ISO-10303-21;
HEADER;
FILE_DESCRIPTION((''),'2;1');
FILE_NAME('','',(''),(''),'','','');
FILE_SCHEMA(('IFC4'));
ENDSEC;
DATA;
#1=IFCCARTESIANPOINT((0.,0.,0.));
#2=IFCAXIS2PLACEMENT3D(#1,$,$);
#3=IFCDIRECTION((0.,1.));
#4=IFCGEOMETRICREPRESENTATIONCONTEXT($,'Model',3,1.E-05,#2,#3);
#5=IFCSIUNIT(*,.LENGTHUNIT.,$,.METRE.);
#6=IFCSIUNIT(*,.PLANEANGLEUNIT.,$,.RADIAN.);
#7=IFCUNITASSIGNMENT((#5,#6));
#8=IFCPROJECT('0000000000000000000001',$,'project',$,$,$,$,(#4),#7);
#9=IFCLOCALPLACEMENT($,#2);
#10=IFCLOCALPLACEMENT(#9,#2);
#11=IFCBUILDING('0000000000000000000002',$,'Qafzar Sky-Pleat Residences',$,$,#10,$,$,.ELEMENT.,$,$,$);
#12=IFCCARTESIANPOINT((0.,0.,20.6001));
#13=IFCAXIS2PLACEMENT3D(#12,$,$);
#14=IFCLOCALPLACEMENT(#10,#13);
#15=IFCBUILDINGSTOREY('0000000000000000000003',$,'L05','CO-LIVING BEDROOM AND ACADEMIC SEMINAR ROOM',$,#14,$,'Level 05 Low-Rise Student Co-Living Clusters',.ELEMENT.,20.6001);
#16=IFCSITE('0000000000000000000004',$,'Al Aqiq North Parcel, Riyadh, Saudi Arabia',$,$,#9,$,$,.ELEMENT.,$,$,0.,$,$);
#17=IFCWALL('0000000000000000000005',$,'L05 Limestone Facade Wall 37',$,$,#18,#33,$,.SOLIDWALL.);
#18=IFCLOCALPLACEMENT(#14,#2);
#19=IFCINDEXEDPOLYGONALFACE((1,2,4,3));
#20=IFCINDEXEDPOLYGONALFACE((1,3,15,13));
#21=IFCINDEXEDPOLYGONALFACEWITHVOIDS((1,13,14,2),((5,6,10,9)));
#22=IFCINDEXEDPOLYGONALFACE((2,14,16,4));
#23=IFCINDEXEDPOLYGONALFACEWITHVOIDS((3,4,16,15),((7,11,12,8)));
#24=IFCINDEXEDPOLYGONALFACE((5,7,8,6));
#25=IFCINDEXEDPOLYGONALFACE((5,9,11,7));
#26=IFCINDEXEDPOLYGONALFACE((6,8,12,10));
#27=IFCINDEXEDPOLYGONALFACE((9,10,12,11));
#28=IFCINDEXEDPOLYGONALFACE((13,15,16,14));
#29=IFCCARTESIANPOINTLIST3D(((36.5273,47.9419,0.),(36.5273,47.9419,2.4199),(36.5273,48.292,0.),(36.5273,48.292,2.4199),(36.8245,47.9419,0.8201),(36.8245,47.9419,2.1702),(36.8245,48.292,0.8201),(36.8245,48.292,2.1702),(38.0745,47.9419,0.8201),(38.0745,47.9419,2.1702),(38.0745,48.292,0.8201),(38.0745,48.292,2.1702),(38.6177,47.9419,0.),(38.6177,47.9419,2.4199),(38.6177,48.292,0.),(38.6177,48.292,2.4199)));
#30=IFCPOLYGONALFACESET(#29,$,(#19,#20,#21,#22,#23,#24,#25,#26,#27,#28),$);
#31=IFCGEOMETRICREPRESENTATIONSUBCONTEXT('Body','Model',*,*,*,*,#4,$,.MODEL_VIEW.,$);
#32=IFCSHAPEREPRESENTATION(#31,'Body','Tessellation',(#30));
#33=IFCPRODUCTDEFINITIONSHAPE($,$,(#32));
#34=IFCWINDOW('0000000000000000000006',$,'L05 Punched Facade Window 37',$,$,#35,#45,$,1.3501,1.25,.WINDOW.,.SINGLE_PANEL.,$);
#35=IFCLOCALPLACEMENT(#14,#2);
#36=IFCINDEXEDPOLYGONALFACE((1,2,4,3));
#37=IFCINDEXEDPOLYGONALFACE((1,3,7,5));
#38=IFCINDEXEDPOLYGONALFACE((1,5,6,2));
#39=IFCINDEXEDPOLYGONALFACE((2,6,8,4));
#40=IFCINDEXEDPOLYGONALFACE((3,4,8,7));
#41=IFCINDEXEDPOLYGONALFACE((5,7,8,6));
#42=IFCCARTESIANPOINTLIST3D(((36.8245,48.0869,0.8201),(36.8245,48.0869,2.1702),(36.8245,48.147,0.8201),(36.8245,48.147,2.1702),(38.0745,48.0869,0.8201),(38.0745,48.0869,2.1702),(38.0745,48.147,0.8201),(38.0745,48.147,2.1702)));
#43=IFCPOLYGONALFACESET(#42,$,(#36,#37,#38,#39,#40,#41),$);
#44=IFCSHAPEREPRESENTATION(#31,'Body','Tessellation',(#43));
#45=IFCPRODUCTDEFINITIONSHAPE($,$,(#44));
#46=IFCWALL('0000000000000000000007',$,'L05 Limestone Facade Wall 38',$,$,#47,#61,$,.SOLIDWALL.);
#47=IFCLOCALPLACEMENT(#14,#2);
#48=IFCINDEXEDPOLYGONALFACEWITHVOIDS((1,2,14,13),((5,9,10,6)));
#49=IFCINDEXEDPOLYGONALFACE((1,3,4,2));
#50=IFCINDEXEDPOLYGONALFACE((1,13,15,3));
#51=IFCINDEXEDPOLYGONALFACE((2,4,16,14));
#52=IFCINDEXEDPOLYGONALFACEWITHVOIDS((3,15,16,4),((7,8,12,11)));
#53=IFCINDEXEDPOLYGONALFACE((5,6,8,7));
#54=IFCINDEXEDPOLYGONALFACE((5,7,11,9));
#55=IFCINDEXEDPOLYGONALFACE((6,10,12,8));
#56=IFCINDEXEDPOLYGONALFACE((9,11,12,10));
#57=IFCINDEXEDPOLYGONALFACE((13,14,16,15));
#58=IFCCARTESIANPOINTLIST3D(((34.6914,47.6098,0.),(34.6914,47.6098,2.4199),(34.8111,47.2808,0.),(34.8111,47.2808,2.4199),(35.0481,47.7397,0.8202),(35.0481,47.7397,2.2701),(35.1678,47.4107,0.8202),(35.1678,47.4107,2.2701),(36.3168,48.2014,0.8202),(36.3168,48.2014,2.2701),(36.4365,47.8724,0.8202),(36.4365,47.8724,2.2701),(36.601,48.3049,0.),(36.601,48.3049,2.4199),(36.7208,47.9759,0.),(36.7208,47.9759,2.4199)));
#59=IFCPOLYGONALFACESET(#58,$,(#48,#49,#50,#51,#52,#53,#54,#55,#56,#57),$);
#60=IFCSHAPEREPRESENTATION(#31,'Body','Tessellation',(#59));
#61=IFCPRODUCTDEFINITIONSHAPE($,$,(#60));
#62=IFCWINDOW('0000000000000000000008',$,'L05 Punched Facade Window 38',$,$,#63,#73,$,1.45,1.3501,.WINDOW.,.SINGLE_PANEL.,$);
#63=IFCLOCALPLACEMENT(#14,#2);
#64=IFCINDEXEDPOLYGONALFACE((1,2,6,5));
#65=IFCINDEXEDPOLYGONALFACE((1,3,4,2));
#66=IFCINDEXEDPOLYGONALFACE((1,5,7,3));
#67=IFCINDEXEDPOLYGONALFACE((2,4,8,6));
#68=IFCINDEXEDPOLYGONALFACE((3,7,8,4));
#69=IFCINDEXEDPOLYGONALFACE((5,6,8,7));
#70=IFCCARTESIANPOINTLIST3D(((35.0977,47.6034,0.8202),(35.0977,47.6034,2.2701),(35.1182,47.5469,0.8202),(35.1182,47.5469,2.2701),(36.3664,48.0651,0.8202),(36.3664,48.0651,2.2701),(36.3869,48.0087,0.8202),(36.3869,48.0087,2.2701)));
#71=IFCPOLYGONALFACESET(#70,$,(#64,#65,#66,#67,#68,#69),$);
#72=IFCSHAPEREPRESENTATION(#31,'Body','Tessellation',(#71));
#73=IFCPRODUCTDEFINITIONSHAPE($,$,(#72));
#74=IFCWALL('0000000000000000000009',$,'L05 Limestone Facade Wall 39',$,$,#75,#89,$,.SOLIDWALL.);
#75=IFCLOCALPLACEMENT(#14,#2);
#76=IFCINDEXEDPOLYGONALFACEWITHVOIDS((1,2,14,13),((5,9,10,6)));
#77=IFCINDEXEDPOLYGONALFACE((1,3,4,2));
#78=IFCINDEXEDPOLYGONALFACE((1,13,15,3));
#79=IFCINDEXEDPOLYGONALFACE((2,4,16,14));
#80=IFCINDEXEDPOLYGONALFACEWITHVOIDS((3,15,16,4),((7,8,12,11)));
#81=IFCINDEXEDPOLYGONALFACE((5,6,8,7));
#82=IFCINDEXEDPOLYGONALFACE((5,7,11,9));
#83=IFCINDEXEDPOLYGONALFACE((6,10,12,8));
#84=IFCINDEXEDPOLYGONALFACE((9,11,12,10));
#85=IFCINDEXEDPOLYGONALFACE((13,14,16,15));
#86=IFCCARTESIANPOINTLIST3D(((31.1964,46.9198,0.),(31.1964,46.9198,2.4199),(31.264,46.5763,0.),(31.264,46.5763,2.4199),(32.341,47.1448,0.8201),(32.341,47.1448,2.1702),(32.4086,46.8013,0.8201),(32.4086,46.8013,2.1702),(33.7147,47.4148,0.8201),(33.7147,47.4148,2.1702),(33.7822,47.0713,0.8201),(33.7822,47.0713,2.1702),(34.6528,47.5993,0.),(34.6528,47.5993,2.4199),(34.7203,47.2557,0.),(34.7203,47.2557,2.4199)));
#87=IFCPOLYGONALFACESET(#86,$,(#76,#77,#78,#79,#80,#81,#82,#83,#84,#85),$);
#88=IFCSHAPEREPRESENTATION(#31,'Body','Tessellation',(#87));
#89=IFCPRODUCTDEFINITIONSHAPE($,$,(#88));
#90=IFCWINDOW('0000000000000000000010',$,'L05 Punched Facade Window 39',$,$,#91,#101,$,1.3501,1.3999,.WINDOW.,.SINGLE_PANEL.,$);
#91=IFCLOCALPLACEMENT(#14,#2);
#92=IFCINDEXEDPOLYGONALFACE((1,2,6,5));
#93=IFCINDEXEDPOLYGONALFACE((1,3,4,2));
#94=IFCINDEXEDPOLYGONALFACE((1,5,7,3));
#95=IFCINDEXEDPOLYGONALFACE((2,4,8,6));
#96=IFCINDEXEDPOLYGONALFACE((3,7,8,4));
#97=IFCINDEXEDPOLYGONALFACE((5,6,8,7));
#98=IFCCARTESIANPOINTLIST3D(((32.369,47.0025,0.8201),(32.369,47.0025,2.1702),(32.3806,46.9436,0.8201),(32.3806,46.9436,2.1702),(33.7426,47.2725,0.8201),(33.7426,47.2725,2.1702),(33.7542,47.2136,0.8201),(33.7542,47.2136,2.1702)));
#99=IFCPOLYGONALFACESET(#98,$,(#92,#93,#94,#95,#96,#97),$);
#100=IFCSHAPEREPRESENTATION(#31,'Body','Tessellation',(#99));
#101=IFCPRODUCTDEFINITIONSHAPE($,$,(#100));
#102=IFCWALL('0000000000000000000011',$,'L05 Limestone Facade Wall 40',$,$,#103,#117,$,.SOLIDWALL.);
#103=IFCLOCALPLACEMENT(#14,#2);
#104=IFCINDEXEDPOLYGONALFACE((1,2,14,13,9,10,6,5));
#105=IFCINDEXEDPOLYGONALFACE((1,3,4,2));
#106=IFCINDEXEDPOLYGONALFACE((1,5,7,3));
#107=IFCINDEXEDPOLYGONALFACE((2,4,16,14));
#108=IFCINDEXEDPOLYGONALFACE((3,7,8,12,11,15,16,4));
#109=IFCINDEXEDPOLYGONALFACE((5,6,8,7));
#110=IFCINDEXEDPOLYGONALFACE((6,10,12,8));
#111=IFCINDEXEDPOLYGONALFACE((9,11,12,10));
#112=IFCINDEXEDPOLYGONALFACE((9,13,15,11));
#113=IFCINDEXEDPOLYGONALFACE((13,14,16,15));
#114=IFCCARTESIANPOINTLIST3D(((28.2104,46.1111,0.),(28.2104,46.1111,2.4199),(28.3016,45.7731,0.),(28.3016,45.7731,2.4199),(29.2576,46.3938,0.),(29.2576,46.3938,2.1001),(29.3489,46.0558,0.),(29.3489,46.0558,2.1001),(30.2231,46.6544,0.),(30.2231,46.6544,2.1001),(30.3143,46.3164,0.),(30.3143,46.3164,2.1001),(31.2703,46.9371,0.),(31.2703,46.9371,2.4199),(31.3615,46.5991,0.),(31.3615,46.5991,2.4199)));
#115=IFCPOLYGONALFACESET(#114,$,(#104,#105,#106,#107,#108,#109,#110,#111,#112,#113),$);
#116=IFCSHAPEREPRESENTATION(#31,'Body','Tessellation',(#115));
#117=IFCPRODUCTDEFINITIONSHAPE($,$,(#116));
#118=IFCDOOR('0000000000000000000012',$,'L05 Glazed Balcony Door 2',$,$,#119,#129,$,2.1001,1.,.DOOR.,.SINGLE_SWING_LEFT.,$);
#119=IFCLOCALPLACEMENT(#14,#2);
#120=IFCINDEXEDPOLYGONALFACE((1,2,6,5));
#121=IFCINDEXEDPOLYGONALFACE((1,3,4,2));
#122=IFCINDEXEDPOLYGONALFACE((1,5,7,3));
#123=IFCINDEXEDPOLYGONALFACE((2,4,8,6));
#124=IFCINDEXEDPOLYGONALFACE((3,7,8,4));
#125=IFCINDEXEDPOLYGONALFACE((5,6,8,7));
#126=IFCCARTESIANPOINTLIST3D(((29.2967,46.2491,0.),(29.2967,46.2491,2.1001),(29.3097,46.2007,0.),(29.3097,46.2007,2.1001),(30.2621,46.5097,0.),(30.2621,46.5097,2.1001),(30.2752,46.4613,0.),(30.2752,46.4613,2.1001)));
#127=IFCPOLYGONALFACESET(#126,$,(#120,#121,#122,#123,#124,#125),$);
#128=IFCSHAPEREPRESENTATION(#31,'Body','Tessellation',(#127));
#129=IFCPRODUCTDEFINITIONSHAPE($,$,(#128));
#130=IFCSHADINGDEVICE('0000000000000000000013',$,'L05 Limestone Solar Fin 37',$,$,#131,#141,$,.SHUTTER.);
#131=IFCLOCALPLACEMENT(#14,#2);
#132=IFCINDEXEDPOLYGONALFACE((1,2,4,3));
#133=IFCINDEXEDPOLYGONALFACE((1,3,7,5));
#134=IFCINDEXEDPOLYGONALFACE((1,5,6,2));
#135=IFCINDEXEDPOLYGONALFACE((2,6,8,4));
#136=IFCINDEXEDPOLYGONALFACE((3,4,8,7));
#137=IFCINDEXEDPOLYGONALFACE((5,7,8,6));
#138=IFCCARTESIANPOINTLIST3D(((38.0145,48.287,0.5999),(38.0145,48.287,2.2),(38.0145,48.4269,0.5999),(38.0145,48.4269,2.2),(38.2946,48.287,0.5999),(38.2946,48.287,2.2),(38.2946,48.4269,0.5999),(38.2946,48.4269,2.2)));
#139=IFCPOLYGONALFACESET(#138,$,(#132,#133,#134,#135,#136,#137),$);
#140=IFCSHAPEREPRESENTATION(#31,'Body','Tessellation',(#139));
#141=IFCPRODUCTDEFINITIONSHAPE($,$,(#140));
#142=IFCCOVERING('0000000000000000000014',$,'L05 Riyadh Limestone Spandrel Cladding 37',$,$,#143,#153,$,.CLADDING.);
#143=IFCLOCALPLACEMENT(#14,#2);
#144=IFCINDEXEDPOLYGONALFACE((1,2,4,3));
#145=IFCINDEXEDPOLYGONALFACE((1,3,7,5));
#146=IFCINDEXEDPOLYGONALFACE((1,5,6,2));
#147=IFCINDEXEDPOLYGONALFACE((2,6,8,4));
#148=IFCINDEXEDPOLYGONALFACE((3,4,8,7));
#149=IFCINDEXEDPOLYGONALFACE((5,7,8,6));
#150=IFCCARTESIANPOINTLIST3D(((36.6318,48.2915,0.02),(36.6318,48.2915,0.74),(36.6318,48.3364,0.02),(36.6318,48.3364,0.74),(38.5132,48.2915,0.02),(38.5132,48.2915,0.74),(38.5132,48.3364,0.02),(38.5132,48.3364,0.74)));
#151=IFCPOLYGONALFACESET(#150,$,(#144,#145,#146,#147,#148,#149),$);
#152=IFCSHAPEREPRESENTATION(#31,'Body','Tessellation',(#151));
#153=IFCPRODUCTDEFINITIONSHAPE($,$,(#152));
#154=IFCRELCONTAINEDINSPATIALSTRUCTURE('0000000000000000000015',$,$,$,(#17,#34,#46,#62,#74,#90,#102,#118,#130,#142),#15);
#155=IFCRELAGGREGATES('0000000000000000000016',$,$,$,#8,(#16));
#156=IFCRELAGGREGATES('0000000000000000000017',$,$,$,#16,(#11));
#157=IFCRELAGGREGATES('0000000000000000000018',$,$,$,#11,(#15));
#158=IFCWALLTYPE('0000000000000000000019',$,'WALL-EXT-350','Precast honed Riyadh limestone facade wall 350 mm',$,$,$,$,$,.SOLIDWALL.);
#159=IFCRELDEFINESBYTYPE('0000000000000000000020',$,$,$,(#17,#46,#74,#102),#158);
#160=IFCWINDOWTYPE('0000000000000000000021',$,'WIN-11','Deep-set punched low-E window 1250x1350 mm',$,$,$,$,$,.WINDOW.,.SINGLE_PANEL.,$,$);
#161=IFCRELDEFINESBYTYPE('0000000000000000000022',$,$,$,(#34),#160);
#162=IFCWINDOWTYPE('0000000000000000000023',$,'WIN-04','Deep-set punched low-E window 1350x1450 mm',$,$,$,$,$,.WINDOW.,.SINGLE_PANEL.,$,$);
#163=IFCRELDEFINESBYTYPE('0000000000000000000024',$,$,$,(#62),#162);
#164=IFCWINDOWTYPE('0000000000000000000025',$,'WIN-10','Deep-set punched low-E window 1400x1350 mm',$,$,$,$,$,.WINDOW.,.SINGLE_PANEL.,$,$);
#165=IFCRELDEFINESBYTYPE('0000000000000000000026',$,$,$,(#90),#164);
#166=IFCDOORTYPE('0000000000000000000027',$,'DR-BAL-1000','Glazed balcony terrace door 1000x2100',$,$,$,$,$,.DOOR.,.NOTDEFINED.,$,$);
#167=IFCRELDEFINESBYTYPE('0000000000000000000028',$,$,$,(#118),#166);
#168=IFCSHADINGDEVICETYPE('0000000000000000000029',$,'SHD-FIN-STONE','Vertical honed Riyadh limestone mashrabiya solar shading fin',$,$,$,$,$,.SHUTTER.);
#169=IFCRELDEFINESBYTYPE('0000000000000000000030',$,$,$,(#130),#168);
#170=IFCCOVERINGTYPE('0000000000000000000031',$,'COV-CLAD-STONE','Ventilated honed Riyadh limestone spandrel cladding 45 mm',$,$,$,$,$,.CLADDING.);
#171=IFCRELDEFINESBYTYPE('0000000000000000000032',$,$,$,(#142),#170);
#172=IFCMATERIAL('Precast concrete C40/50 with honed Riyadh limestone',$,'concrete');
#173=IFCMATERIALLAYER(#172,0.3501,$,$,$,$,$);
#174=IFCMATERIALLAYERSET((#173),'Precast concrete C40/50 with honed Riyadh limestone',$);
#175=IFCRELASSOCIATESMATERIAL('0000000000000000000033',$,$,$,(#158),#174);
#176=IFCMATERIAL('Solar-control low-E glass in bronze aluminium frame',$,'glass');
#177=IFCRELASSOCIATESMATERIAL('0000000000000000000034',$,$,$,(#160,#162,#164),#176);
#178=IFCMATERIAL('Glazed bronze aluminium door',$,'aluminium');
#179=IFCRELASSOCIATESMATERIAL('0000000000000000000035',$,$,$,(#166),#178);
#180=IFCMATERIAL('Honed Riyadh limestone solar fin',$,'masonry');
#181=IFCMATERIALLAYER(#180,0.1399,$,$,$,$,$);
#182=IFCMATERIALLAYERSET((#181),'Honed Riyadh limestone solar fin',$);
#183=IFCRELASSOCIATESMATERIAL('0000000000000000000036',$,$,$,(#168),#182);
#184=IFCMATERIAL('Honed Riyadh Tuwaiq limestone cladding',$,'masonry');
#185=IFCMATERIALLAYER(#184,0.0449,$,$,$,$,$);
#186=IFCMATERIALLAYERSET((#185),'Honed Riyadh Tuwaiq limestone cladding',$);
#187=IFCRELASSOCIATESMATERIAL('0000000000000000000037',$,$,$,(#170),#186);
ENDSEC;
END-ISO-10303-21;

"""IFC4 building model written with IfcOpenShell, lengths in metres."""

from ifc_helpers import new_model, si_unit, direction, frame, frame_2d, origin, origin_2d, place, context, subcontext, project, spatial, rectangle, extrude, source, transform, mapped, material, layer, layer_set, type_object, element, fill, save


model = new_model("IFC4")

# Units and contexts
model_context = context("Model", 3, precision=1e-05, world=origin(), true_north=direction((0.0, 1.0)))
body_context = subcontext(model_context, "Body", "Model", "MODEL_VIEW")
ifc_project = project(units=[si_unit("LENGTHUNIT", "METRE"), si_unit("PLANEANGLEUNIT", "RADIAN")], contexts=[model_context])

# Site, building, storey
site_placement = place(None, origin())
site = spatial("IfcSite", under=ifc_project, at=site_placement, Name="Al Aqiq North Parcel, Riyadh, Saudi Arabia", CompositionType="ELEMENT", RefElevation=0.0)
building_placement = place(site_placement, origin())
building = spatial("IfcBuilding", under=site, at=building_placement, Name="Qafzar Sky-Pleat Residences", CompositionType="ELEMENT")
storey_placement = place(building_placement, frame((0.0, 0.0, 20.6001)))
storey = spatial("IfcBuildingStorey", under=building, at=storey_placement, Name="L05", Description="CO-LIVING BEDROOM AND ACADEMIC SEMINAR ROOM", LongName="Level 05 Low-Rise Student Co-Living Clusters", CompositionType="ELEMENT", Elevation=20.6001)

# Walls, openings, windows
ifc_material_1 = material(Name="Precast concrete C40/50 with honed Riyadh limestone", Category="concrete")
ifc_layer_1 = layer(ifc_material_1, 0.3501)
ifc_layer_set_1 = layer_set([ifc_layer_1], Name="Precast concrete C40/50 with honed Riyadh limestone")
wall_type_1 = type_object("IfcWallType", Name="WALL-EXT-350", Description="Precast honed Riyadh limestone facade wall 350 mm", PredefinedType="SOLIDWALL", material=ifc_layer_set_1)
wall_1_placement = place(storey_placement, frame((38.6177, 48.1169, 0.0), z_axis=(0.0, 0.0, 1.0), x_axis=(-1.0, 0.0, 0.0)))
wall_1 = element("IfcWall", 1, at=wall_1_placement, inside=storey, type_object=wall_type_1, Name="L05 Limestone Facade Wall 37", PredefinedType="SOLIDWALL", context=body_context, shape_type="SweptSolid", body=[
    extrude(rectangle(XDim=2.0903, YDim=0.3501, at=frame_2d((1.0452, 0.0))), origin(), (0.0, 0.0, 1.0), 2.4199),
])
opening_1_placement = place(wall_1_placement, frame((0.5432, 0.0, 0.8201)))
opening_1 = element("IfcOpeningElement", 2, at=opening_1_placement, cuts=wall_1, PredefinedType="OPENING", context=body_context, shape_type="SweptSolid", body=[
    extrude(rectangle(XDim=1.25, YDim=1.3501, at=frame_2d((0.625, 0.675))), frame((0.0, 0.1851, 0.0), z_axis=(0.0, -1.0, 0.0), x_axis=(1.0, 0.0, 0.0)), (0.0, 0.0, 1.0), 0.3701),
])
ifc_material_2 = material(Name="Solar-control low-E glass in bronze aluminium frame", Category="glass")
window_type_1 = type_object("IfcWindowType", Name="WIN-11", Description="Deep-set punched low-E window 1250x1350 mm", PartitioningType="SINGLE_PANEL", PredefinedType="WINDOW", material=ifc_material_2)
shared_shape_1 = source(origin(), body_context, "Body", "SweptSolid", [
    extrude(rectangle(XDim=1.25, YDim=1.3501, at=frame_2d((0.625, 0.675))), frame((0.0, 0.03, 0.0), z_axis=(0.0, -1.0, 0.0), x_axis=(1.0, 0.0, 0.0)), (0.0, 0.0, 1.0), 0.0601),
])
window_1_placement = place(opening_1_placement, origin())
window_1 = element("IfcWindow", 3, at=window_1_placement, inside=storey, type_object=window_type_1, Name="L05 Punched Facade Window 37", OverallHeight=1.3501, OverallWidth=1.25, PartitioningType="SINGLE_PANEL", PredefinedType="WINDOW", context=body_context, shape_type="MappedRepresentation", body=[
    mapped(shared_shape_1, transform((0.0, 0.0, 0.0), x_axis=(1.0, 0.0, 0.0), y_axis=(0.0, 1.0, 0.0), z_axis=(0.0, 0.0, 1.0), scale=1.0)),
])
fill(opening_1, window_1)
wall_2_placement = place(storey_placement, frame((36.6609, 48.1404, 0.0), z_axis=(0.0, 0.0, 1.0), x_axis=(-0.939692, -0.342023, 0.0)))
wall_2 = element("IfcWall", 4, at=wall_2_placement, inside=storey, type_object=wall_type_1, Name="L05 Limestone Facade Wall 38", PredefinedType="SOLIDWALL", context=body_context, shape_type="SweptSolid", body=[
    extrude(rectangle(XDim=2.0322, YDim=0.3501, at=frame_2d((1.0161, 0.0))), origin(), (0.0, 0.0, 1.0), 2.4199),
])
opening_2_placement = place(wall_2_placement, frame((0.3025, 0.0, 0.8201)))
opening_2 = element("IfcOpeningElement", 5, at=opening_2_placement, cuts=wall_2, PredefinedType="OPENING", context=body_context, shape_type="SweptSolid", body=[
    extrude(rectangle(XDim=1.3501, YDim=1.45, at=frame_2d((0.675, 0.7251))), frame((0.0, 0.1851, 0.0), z_axis=(0.0, -1.0, 0.0), x_axis=(1.0, 0.0, 0.0)), (0.0, 0.0, 1.0), 0.3701),
])
window_type_2 = type_object("IfcWindowType", Name="WIN-04", Description="Deep-set punched low-E window 1350x1450 mm", PartitioningType="SINGLE_PANEL", PredefinedType="WINDOW", material=ifc_material_2)
shared_shape_2 = source(origin(), body_context, "Body", "SweptSolid", [
    extrude(rectangle(XDim=1.3501, YDim=1.45, at=frame_2d((0.675, 0.7251))), frame((0.0, 0.03, 0.0), z_axis=(0.0, -1.0, 0.0), x_axis=(1.0, 0.0, 0.0)), (0.0, 0.0, 1.0), 0.0601),
])
window_2_placement = place(opening_2_placement, origin())
window_2 = element("IfcWindow", 6, at=window_2_placement, inside=storey, type_object=window_type_2, Name="L05 Punched Facade Window 38", OverallHeight=1.45, OverallWidth=1.3501, PartitioningType="SINGLE_PANEL", PredefinedType="WINDOW", context=body_context, shape_type="MappedRepresentation", body=[
    mapped(shared_shape_2, transform((0.0, 0.0, 0.0), x_axis=(1.0, 0.0, 0.0), y_axis=(0.0, 1.0, 0.0), z_axis=(0.0, 0.0, 1.0), scale=1.0)),
])
fill(opening_2, window_2)
wall_3_placement = place(storey_placement, frame((34.6865, 47.4275, 0.0), z_axis=(0.0, 0.0, 1.0), x_axis=(-0.98122, -0.192889, 0.0)))
wall_3 = element("IfcWall", 7, at=wall_3_placement, inside=storey, type_object=wall_type_1, Name="L05 Limestone Facade Wall 39", PredefinedType="SOLIDWALL", context=body_context, shape_type="SweptSolid", body=[
    extrude(rectangle(XDim=3.5225, YDim=0.3501, at=frame_2d((1.7612, 0.0))), origin(), (0.0, 0.0, 1.0), 2.4199),
])
opening_3_placement = place(wall_3_placement, frame((0.9561, 0.0, 0.8201)))
opening_3 = element("IfcOpeningElement", 8, at=opening_3_placement, cuts=wall_3, PredefinedType="OPENING", context=body_context, shape_type="SweptSolid", body=[
    extrude(rectangle(XDim=1.3999, YDim=1.3501, at=frame_2d((0.7, 0.675))), frame((0.0, 0.1851, 0.0), z_axis=(0.0, -1.0, 0.0), x_axis=(1.0, 0.0, 0.0)), (0.0, 0.0, 1.0), 0.3701),
])
window_type_3 = type_object("IfcWindowType", Name="WIN-10", Description="Deep-set punched low-E window 1400x1350 mm", PartitioningType="SINGLE_PANEL", PredefinedType="WINDOW", material=ifc_material_2)
shared_shape_3 = source(origin(), body_context, "Body", "SweptSolid", [
    extrude(rectangle(XDim=1.3999, YDim=1.3501, at=frame_2d((0.7, 0.675))), frame((0.0, 0.03, 0.0), z_axis=(0.0, -1.0, 0.0), x_axis=(1.0, 0.0, 0.0)), (0.0, 0.0, 1.0), 0.0601),
])
window_3_placement = place(opening_3_placement, origin())
window_3 = element("IfcWindow", 9, at=window_3_placement, inside=storey, type_object=window_type_3, Name="L05 Punched Facade Window 39", OverallHeight=1.3501, OverallWidth=1.3999, PartitioningType="SINGLE_PANEL", PredefinedType="WINDOW", context=body_context, shape_type="MappedRepresentation", body=[
    mapped(shared_shape_3, transform((0.0, 0.0, 0.0), x_axis=(1.0, 0.0, 0.0), y_axis=(0.0, 1.0, 0.0), z_axis=(0.0, 0.0, 1.0), scale=1.0)),
])
fill(opening_3, window_3)

# Wall, opening, door
wall_4_placement = place(storey_placement, frame((31.3159, 46.7681, 0.0), z_axis=(0.0, 0.0, 1.0), x_axis=(-0.965447, -0.260601, 0.0)))
wall_4 = element("IfcWall", 10, at=wall_4_placement, inside=storey, type_object=wall_type_1, Name="L05 Limestone Facade Wall 40", PredefinedType="SOLIDWALL", context=body_context, shape_type="SweptSolid", body=[
    extrude(rectangle(XDim=3.1694, YDim=0.3501, at=frame_2d((1.5847, 0.0))), origin(), (0.0, 0.0, 1.0), 2.4199),
])
opening_4_placement = place(wall_4_placement, frame((1.0847, 0.0, 0.0)))
opening_4 = element("IfcOpeningElement", 11, at=opening_4_placement, cuts=wall_4, PredefinedType="OPENING", context=body_context, shape_type="SweptSolid", body=[
    extrude(rectangle(XDim=1.0, YDim=2.1001, at=frame_2d((0.5, 1.05))), frame((0.0, 0.1851, 0.0), z_axis=(0.0, -1.0, 0.0), x_axis=(1.0, 0.0, 0.0)), (0.0, 0.0, 1.0), 0.3701),
])
ifc_material_3 = material(Name="Glazed bronze aluminium door", Category="aluminium")
door_type_1 = type_object("IfcDoorType", Name="DR-BAL-1000", Description="Glazed balcony terrace door 1000x2100", OperationType="NOTDEFINED", PredefinedType="DOOR", material=ifc_material_3)
shared_shape_4 = source(origin(), body_context, "Body", "SweptSolid", [
    extrude(rectangle(XDim=1.0, YDim=2.1001, at=frame_2d((0.5, 1.05))), frame((0.0, 0.0249, 0.0), z_axis=(0.0, -1.0, 0.0), x_axis=(1.0, 0.0, 0.0)), (0.0, 0.0, 1.0), 0.05),
])
door_1_placement = place(opening_4_placement, origin())
door_1 = element("IfcDoor", 12, at=door_1_placement, inside=storey, type_object=door_type_1, Name="L05 Glazed Balcony Door 2", OperationType="SINGLE_SWING_LEFT", OverallHeight=2.1001, OverallWidth=1.0, PredefinedType="DOOR", context=body_context, shape_type="MappedRepresentation", body=[
    mapped(shared_shape_4, transform((0.0, 0.0, 0.0), x_axis=(1.0, 0.0, 0.0), y_axis=(0.0, 1.0, 0.0), z_axis=(0.0, 0.0, 1.0), scale=1.0)),
])
fill(opening_4, door_1)

# Shading device
ifc_material_4 = material(Name="Honed Riyadh limestone solar fin", Category="masonry")
ifc_layer_2 = layer(ifc_material_4, 0.1399)
ifc_layer_set_2 = layer_set([ifc_layer_2], Name="Honed Riyadh limestone solar fin")
shading_device_type = type_object("IfcShadingDeviceType", Name="SHD-FIN-STONE", Description="Vertical honed Riyadh limestone mashrabiya solar shading fin", PredefinedType="SHUTTER", material=ifc_layer_set_2)
shared_shape_5 = source(origin(), body_context, "Body", "SweptSolid", [
    extrude(rectangle(XDim=0.1399, YDim=0.28, at=origin_2d()), origin(), (0.0, 0.0, 1.0), 1.6001),
])
shading_device_placement = place(storey_placement, frame((38.1545, 48.3569, 0.5999), z_axis=(0.0, 0.0, 1.0), x_axis=(0.0, 1.0, 0.0)))
element("IfcShadingDevice", 13, at=shading_device_placement, inside=storey, type_object=shading_device_type, Name="L05 Limestone Solar Fin 37", PredefinedType="SHUTTER", context=body_context, shape_type="MappedRepresentation", body=[
    mapped(shared_shape_5, transform((0.0, 0.0, 0.0), x_axis=(1.0, 0.0, 0.0), y_axis=(0.0, 1.0, 0.0), z_axis=(0.0, 0.0, 1.0), scale=1.0)),
])

# Covering
ifc_material_5 = material(Name="Honed Riyadh Tuwaiq limestone cladding", Category="masonry")
ifc_layer_3 = layer(ifc_material_5, 0.0449)
ifc_layer_set_3 = layer_set([ifc_layer_3], Name="Honed Riyadh Tuwaiq limestone cladding")
covering_type = type_object("IfcCoveringType", Name="COV-CLAD-STONE", Description="Ventilated honed Riyadh limestone spandrel cladding 45 mm", PredefinedType="CLADDING", material=ifc_layer_set_3)
shared_shape_6 = source(origin(), body_context, "Body", "SweptSolid", [
    extrude(rectangle(XDim=1.8813, YDim=0.0449, at=origin_2d()), origin(), (0.0, 0.0, 1.0), 0.72),
])
covering_placement = place(storey_placement, frame((37.5725, 48.314, 0.02), z_axis=(0.0, 0.0, 1.0), x_axis=(-1.0, 0.0, 0.0)))
element("IfcCovering", 14, at=covering_placement, inside=storey, type_object=covering_type, Name="L05 Riyadh Limestone Spandrel Cladding 37", PredefinedType="CLADDING", context=body_context, shape_type="MappedRepresentation", body=[
    mapped(shared_shape_6, transform((0.0, 0.0, 0.0), x_axis=(1.0, 0.0, 0.0), y_axis=(0.0, 1.0, 0.0), z_axis=(0.0, 0.0, 1.0), scale=1.0)),
])

save(model, "model.ifc")
